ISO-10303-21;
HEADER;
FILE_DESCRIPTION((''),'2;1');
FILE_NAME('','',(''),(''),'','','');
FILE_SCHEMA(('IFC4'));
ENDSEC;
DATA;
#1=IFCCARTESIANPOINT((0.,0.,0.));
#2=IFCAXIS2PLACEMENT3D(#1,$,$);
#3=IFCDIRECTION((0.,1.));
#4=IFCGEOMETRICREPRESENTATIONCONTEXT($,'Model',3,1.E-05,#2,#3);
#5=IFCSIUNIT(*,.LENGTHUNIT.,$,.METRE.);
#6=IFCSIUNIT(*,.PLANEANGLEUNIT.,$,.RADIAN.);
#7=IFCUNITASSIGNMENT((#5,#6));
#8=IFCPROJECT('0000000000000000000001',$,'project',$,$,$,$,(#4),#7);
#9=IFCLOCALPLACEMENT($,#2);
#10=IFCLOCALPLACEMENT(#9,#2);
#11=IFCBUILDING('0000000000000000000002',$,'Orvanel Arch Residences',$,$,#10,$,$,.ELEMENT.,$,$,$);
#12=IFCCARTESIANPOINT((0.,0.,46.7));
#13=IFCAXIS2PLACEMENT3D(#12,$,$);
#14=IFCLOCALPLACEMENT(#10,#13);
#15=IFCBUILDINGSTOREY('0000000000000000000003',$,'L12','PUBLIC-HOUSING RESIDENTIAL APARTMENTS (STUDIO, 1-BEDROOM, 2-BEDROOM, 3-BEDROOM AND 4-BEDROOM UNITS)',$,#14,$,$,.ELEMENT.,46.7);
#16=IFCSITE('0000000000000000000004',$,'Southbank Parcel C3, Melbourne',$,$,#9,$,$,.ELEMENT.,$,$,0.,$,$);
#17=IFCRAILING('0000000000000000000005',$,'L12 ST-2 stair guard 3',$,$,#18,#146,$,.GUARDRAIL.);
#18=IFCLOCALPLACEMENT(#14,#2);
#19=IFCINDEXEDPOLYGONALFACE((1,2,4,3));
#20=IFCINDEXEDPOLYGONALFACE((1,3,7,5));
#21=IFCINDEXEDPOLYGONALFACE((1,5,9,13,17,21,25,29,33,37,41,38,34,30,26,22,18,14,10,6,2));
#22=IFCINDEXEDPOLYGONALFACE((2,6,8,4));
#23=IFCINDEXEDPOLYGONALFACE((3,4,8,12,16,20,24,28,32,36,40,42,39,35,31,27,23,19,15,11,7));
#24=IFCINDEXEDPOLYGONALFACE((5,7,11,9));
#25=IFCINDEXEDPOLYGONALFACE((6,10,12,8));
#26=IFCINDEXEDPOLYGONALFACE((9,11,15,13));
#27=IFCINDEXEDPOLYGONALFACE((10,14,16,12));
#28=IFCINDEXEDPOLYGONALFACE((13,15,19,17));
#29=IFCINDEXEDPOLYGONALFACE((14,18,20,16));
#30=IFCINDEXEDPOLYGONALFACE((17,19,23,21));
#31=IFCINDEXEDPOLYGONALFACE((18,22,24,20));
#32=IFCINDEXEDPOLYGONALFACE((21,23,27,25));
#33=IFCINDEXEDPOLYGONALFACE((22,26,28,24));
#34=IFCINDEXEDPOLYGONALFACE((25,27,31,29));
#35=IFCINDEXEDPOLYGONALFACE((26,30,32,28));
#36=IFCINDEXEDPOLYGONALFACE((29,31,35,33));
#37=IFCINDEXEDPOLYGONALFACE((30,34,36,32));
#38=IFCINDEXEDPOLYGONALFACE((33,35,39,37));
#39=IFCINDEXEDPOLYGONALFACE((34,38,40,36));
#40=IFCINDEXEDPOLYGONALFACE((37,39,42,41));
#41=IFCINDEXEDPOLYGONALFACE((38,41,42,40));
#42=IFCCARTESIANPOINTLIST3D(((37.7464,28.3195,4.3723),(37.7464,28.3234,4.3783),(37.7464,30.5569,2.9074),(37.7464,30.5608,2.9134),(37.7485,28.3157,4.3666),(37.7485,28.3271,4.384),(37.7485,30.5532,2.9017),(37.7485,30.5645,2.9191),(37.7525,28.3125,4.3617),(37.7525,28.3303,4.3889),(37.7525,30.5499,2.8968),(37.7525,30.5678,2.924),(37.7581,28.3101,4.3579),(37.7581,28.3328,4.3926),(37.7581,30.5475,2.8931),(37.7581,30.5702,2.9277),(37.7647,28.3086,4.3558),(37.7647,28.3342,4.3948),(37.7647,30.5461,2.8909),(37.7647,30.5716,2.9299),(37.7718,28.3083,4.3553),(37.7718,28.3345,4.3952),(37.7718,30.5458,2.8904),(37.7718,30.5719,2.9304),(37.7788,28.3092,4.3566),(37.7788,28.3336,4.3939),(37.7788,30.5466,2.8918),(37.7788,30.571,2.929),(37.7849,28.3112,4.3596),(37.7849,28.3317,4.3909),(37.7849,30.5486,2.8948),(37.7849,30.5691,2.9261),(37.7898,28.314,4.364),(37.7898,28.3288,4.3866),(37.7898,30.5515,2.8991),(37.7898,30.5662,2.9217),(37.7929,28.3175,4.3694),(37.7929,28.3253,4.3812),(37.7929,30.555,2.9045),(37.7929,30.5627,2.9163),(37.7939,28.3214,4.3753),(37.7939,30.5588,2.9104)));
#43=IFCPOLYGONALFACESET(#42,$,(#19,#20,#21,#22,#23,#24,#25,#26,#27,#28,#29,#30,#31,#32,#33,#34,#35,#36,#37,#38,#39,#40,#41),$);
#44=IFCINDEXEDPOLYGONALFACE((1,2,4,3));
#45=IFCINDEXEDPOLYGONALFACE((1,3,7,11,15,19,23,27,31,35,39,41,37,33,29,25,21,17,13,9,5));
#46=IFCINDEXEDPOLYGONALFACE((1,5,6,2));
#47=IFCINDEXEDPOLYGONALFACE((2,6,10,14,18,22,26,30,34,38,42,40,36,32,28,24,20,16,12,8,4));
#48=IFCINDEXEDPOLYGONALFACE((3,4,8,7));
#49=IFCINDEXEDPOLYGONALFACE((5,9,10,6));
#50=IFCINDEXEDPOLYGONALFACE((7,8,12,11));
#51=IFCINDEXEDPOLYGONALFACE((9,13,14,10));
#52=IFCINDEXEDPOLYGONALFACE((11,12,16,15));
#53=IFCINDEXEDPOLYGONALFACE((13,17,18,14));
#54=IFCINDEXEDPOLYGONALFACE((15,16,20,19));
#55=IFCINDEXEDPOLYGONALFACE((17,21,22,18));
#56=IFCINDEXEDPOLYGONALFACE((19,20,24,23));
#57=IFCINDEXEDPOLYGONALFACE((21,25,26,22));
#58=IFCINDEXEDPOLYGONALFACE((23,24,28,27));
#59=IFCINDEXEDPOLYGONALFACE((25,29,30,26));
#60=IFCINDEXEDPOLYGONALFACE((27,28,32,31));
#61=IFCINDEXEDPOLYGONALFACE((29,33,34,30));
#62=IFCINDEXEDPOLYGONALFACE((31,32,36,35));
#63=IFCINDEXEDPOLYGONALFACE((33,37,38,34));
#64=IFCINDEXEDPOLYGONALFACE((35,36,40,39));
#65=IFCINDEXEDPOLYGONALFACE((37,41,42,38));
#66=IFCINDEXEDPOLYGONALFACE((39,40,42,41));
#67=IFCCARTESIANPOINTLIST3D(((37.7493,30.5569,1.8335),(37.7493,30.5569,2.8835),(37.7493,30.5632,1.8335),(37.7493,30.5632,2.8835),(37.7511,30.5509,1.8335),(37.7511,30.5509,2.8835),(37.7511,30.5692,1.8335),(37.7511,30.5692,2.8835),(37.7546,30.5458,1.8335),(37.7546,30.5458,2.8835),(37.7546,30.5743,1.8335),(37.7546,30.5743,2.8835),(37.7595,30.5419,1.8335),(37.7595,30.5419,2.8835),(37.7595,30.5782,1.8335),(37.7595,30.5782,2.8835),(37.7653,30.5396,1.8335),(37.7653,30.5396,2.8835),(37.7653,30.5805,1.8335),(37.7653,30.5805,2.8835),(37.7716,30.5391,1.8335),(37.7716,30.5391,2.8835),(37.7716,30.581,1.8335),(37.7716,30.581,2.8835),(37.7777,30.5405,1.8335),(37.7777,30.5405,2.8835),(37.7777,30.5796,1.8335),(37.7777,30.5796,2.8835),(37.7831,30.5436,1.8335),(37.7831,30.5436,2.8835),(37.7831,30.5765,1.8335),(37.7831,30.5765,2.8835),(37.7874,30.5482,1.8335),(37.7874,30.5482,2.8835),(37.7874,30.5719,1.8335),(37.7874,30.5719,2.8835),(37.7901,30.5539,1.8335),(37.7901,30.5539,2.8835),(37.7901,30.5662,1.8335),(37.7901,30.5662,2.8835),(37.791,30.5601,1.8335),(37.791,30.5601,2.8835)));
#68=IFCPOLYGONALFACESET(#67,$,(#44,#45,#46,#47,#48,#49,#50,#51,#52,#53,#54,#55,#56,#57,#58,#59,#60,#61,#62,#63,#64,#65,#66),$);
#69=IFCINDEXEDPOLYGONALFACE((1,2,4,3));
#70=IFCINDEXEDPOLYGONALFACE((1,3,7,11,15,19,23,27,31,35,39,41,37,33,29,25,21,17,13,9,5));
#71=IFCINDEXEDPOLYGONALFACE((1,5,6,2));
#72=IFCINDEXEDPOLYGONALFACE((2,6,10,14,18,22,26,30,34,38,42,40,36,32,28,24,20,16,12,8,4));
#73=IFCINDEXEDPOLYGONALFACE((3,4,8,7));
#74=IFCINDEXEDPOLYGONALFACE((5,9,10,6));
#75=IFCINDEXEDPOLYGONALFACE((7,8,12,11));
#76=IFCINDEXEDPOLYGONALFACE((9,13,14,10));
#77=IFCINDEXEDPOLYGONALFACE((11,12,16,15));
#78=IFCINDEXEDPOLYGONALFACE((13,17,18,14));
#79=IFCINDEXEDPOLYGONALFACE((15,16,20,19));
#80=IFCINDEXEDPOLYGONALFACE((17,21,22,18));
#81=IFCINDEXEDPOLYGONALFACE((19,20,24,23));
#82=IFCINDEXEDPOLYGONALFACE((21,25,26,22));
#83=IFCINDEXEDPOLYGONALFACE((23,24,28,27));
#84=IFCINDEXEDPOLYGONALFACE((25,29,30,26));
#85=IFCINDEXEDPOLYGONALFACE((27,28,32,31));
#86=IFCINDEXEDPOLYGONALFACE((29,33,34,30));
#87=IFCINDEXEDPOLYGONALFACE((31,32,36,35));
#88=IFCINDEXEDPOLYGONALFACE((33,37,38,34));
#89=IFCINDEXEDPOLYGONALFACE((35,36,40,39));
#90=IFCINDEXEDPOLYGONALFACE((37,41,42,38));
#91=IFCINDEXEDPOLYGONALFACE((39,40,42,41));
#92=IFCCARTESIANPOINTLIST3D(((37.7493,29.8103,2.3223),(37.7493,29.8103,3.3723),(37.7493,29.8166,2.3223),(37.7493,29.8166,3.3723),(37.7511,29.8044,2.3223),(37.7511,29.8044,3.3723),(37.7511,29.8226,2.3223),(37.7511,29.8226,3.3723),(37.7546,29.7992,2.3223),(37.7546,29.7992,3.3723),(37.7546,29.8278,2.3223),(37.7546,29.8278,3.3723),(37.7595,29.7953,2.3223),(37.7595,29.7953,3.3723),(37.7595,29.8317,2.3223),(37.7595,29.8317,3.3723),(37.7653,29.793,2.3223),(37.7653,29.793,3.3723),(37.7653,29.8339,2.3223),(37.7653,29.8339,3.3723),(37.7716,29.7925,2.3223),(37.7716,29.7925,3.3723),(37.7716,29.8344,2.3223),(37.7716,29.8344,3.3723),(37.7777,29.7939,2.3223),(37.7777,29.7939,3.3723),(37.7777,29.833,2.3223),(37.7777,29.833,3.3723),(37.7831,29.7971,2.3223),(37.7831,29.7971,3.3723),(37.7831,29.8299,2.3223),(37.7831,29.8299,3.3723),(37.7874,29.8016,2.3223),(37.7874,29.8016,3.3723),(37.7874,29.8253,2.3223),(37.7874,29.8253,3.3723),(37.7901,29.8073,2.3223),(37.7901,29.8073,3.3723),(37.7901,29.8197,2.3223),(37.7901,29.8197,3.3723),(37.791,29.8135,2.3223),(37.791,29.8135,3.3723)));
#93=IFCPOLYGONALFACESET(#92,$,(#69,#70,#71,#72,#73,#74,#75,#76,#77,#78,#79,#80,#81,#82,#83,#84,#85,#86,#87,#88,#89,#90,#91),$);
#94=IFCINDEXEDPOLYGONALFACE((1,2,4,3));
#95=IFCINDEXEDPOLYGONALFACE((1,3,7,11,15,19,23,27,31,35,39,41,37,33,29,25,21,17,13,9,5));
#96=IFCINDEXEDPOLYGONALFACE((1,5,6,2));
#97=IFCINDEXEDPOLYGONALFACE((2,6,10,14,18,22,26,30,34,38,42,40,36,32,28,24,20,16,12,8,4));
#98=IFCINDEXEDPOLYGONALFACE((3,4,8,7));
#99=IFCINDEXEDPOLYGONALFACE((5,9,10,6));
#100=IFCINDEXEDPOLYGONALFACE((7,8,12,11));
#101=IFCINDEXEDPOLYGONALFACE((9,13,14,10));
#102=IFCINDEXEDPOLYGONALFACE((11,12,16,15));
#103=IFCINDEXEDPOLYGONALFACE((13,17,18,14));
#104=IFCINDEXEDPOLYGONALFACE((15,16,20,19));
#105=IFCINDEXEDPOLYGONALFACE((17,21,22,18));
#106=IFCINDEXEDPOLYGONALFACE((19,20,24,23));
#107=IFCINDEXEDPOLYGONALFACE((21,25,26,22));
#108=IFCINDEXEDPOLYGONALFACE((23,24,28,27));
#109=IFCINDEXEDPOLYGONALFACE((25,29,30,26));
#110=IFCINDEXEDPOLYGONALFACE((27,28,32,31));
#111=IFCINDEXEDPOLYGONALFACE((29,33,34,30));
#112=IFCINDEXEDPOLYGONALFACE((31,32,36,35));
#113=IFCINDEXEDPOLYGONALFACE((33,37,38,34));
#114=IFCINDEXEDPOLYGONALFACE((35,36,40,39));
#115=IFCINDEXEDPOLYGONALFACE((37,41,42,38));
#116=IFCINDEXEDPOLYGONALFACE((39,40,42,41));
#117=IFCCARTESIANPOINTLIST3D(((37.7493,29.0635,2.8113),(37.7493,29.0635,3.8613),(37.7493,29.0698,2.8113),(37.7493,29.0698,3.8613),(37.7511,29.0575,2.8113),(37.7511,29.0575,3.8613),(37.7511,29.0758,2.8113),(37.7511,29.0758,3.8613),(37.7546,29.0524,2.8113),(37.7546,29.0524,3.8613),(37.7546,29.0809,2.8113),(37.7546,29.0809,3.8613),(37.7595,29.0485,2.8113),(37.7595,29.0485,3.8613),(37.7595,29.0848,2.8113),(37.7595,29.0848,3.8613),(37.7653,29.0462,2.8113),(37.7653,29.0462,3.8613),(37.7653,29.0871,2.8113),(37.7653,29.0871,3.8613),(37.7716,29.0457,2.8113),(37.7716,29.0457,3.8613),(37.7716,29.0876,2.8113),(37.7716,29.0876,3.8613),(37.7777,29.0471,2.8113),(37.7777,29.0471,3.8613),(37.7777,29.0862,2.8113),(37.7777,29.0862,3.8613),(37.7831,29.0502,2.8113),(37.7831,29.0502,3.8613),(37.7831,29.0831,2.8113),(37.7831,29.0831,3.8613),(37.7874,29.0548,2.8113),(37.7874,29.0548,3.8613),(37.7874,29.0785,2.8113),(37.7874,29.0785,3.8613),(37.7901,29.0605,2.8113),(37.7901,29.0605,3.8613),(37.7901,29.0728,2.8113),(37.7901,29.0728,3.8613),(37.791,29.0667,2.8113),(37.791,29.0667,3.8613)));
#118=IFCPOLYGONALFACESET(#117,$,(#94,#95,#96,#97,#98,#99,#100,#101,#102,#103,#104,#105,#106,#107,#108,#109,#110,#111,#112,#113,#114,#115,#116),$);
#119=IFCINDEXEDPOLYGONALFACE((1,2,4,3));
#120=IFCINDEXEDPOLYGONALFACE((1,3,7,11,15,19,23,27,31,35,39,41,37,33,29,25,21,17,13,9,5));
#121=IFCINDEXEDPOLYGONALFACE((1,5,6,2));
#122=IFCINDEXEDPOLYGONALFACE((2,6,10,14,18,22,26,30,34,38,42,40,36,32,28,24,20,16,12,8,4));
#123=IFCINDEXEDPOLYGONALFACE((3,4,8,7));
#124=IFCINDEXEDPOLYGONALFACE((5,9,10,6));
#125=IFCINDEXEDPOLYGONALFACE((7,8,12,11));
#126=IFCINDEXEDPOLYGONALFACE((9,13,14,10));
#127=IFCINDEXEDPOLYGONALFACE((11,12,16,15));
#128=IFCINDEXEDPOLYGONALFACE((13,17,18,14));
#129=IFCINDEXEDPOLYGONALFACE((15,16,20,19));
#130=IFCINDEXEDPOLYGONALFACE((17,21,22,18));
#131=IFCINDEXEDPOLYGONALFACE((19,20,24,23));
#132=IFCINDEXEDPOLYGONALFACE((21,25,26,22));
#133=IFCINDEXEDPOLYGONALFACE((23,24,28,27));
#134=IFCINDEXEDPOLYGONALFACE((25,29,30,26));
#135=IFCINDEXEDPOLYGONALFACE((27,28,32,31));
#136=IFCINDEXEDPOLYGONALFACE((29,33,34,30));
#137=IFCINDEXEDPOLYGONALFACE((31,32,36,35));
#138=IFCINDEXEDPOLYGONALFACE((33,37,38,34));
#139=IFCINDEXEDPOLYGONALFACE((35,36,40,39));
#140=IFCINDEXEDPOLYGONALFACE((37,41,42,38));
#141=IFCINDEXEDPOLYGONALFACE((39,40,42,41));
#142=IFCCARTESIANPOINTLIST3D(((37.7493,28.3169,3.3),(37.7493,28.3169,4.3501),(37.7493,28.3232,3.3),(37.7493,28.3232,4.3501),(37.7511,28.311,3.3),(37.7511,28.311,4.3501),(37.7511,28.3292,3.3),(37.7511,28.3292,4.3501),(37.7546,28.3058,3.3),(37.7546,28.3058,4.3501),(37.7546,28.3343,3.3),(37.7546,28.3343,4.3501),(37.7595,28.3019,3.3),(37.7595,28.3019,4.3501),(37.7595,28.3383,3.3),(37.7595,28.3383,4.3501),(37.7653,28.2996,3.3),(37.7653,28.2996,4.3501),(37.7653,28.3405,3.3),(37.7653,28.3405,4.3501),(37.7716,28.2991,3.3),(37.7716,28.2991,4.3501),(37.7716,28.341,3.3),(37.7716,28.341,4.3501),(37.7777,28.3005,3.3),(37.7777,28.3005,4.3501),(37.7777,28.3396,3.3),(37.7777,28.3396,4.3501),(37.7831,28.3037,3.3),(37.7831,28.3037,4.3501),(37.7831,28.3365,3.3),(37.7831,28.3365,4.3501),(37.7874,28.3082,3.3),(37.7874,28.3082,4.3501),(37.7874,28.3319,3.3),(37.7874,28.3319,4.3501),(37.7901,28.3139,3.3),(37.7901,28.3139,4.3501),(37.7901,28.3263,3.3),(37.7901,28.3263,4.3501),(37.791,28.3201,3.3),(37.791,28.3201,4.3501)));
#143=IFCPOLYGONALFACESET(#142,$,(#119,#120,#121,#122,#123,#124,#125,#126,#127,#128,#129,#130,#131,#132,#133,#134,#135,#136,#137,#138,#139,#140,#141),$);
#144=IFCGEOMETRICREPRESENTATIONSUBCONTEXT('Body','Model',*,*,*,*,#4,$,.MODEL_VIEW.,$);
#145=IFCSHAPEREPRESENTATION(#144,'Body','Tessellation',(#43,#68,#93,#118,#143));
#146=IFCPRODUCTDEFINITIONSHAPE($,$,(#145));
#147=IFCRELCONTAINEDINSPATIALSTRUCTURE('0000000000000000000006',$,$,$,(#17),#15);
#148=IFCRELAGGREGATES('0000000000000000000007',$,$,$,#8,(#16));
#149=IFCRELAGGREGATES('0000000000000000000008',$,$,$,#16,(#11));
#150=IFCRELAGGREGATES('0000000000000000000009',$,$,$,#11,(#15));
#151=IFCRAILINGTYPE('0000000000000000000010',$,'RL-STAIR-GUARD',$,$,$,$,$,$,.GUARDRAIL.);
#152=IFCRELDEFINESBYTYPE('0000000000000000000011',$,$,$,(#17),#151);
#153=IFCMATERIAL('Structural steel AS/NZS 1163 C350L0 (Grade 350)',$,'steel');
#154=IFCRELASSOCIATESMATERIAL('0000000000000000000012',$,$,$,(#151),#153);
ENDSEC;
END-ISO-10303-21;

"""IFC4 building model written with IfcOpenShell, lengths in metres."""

from ifc_helpers import new_model, si_unit, direction, frame, origin, origin_2d, place, context, subcontext, project, spatial, circle, extrude, material, type_object, element, save


model = new_model("IFC4")

# Units and contexts
model_context = context("Model", 3, precision=1e-05, world=origin(), true_north=direction((0.0, 1.0)))
body_context = subcontext(model_context, "Body", "Model", "MODEL_VIEW")
ifc_project = project(units=[si_unit("LENGTHUNIT", "METRE"), si_unit("PLANEANGLEUNIT", "RADIAN")], contexts=[model_context])

# Site, building, storey
site_placement = place(None, origin())
site = spatial("IfcSite", under=ifc_project, at=site_placement, Name="Southbank Parcel C3, Melbourne", CompositionType="ELEMENT", RefElevation=0.0)
building_placement = place(site_placement, origin())
building = spatial("IfcBuilding", under=site, at=building_placement, Name="Orvanel Arch Residences", CompositionType="ELEMENT")
storey_placement = place(building_placement, frame((0.0, 0.0, 46.7)))
storey = spatial("IfcBuildingStorey", under=building, at=storey_placement, Name="L12", Description="PUBLIC-HOUSING RESIDENTIAL APARTMENTS (STUDIO, 1-BEDROOM, 2-BEDROOM, 3-BEDROOM AND 4-BEDROOM UNITS)", CompositionType="ELEMENT", Elevation=46.7)

# Railing
ifc_material_1 = material(Name="Structural steel AS/NZS 1163 C350L0 (Grade 350)", Category="steel")
railing_type_1 = type_object("IfcRailingType", Name="RL-STAIR-GUARD", PredefinedType="GUARDRAIL", material=ifc_material_1)
railing_1_placement = place(storey_placement, frame((37.77, 30.5601, 1.8335)))
element("IfcRailing", 1, at=railing_1_placement, inside=storey, type_object=railing_type_1, Name="L12 ST-2 stair guard 3", PredefinedType="GUARDRAIL", context=body_context, shape_type="SweptSolid", body=[
    extrude(circle(Radius=0.0239, at=origin_2d()), frame((0.0, -0.0012, 1.0769), z_axis=(0.0, -0.836637, 0.547758), x_axis=(1.0, 0.0, 0.0)), (0.0, 0.0, 1.0), 2.6743),
    extrude(circle(Radius=0.021, at=origin_2d()), origin(), (0.0, 0.0, 1.0), 1.05),
    extrude(circle(Radius=0.021, at=origin_2d()), frame((0.0, -0.7466, 0.4888)), (0.0, 0.0, 1.0), 1.05),
    extrude(circle(Radius=0.021, at=origin_2d()), frame((0.0, -1.4934, 0.9778)), (0.0, 0.0, 1.0), 1.05),
    extrude(circle(Radius=0.021, at=origin_2d()), frame((0.0, -2.24, 1.4666)), (0.0, 0.0, 1.0), 1.05),
])

save(model, "model.ifc")
